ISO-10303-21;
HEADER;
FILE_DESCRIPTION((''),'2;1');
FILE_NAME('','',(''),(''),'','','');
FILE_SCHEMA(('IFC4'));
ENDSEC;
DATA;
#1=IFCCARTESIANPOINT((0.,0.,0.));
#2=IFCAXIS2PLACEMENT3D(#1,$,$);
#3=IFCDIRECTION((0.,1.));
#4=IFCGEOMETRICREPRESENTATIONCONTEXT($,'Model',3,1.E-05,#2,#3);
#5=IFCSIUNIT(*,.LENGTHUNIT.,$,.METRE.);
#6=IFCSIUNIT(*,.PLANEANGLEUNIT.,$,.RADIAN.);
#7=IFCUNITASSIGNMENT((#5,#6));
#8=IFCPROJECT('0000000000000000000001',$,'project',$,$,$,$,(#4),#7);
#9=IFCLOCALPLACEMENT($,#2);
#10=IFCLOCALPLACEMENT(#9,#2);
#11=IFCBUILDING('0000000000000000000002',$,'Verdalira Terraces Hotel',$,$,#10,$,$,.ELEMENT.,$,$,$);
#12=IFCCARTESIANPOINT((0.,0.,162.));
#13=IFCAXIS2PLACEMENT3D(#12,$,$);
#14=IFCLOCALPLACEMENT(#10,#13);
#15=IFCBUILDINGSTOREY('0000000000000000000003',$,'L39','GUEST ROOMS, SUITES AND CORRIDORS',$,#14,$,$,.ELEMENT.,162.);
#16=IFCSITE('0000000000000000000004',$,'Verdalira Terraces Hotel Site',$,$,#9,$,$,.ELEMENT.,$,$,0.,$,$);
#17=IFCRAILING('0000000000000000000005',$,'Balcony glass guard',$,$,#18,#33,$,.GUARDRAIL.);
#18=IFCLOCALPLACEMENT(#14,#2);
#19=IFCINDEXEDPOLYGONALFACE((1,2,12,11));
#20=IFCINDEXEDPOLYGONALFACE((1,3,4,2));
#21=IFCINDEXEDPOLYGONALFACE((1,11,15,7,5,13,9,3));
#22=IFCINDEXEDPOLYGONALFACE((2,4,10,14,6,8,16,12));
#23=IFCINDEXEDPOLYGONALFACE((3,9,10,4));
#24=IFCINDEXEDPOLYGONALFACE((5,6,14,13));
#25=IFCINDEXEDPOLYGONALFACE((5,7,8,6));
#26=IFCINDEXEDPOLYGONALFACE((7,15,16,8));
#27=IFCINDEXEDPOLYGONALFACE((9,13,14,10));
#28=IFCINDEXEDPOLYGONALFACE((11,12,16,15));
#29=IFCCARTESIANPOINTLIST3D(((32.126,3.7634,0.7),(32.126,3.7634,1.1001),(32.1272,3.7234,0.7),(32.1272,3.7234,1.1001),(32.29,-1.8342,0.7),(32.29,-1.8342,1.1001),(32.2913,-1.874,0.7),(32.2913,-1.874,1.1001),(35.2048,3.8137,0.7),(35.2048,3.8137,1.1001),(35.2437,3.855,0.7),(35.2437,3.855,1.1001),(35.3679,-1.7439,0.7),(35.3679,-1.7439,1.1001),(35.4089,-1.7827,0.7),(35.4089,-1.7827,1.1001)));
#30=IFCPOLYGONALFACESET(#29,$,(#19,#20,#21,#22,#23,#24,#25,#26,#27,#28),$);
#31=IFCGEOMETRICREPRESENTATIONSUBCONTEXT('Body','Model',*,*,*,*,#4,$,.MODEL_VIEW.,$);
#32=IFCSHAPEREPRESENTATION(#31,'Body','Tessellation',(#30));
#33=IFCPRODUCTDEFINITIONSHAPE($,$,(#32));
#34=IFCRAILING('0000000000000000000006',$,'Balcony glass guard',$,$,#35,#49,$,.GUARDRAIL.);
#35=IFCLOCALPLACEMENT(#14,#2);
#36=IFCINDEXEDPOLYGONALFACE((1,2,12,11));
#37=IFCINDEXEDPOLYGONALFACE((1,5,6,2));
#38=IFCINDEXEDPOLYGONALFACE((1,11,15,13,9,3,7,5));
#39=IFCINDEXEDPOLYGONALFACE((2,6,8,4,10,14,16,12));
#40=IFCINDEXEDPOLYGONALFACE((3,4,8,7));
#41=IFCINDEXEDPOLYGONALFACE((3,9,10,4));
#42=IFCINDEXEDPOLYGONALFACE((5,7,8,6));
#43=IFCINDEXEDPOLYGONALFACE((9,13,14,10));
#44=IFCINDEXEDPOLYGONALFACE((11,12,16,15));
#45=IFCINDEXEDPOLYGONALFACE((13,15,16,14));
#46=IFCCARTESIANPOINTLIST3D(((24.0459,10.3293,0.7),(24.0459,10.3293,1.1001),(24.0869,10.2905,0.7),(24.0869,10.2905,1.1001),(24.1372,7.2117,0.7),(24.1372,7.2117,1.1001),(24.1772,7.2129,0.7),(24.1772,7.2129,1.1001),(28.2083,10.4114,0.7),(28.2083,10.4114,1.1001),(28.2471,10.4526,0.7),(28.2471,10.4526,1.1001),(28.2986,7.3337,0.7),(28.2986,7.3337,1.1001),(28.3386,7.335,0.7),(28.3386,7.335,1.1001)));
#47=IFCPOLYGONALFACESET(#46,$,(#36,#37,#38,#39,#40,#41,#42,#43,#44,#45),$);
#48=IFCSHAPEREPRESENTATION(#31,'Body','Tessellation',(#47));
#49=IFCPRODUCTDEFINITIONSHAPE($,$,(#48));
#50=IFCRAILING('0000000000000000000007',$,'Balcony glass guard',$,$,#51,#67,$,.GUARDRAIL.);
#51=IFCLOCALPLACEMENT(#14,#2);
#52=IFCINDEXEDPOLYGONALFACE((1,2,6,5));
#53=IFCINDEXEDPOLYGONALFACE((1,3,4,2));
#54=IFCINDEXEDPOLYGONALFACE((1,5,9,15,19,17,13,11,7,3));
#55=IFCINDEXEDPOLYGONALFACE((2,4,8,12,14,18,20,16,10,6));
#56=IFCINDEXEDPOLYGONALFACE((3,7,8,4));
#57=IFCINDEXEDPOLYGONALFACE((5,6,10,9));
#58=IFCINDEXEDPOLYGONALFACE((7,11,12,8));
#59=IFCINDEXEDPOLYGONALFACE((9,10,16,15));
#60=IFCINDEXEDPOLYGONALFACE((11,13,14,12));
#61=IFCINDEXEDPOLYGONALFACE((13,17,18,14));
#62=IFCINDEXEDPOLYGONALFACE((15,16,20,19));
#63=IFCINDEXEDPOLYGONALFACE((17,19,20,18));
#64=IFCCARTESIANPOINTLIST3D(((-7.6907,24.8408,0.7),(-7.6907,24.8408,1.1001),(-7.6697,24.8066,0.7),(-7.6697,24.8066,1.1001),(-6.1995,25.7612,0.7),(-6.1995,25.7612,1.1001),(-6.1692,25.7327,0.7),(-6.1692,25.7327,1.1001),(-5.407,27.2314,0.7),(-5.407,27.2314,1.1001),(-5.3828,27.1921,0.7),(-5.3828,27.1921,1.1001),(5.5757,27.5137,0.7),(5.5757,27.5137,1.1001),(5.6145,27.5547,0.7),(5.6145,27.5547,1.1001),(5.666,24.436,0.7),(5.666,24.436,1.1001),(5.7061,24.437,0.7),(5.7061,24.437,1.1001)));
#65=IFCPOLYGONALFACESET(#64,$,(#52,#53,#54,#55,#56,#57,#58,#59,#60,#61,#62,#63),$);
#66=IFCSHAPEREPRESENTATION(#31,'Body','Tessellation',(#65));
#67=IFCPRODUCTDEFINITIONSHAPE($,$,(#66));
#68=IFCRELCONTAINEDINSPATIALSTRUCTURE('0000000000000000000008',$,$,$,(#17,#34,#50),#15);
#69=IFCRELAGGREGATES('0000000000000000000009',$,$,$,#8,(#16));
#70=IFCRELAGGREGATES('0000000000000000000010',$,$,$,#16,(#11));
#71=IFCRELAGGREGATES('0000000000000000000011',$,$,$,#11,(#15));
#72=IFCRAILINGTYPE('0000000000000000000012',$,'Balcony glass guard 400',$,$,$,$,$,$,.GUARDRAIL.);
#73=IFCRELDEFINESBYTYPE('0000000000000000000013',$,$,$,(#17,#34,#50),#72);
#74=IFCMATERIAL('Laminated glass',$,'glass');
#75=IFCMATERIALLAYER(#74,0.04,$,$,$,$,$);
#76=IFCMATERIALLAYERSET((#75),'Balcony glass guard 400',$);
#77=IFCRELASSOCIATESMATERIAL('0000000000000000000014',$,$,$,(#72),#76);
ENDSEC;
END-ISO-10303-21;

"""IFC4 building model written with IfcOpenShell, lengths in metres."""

from ifc_helpers import new_model, si_unit, direction, frame, origin, place, context, subcontext, project, spatial, polyline, outline, extrude, material, layer, layer_set, type_object, element, save


model = new_model("IFC4")

# Units and contexts
model_context = context("Model", 3, precision=1e-05, world=origin(), true_north=direction((0.0, 1.0)))
body_context = subcontext(model_context, "Body", "Model", "MODEL_VIEW")
ifc_project = project(units=[si_unit("LENGTHUNIT", "METRE"), si_unit("PLANEANGLEUNIT", "RADIAN")], contexts=[model_context])

# Site, building, storey
site_placement = place(None, origin())
site = spatial("IfcSite", under=ifc_project, at=site_placement, Name="Verdalira Terraces Hotel Site", CompositionType="ELEMENT", RefElevation=0.0)
building_placement = place(site_placement, origin())
building = spatial("IfcBuilding", under=site, at=building_placement, Name="Verdalira Terraces Hotel", CompositionType="ELEMENT")
storey_placement = place(building_placement, frame((0.0, 0.0, 162.0)))
storey = spatial("IfcBuildingStorey", under=building, at=storey_placement, Name="L39", Description="GUEST ROOMS, SUITES AND CORRIDORS", CompositionType="ELEMENT", Elevation=162.0)

# Railings
ifc_material_1 = material(Name="Laminated glass", Category="glass")
ifc_layer_1 = layer(ifc_material_1, 0.04)
ifc_layer_set_1 = layer_set([ifc_layer_1], Name="Balcony glass guard 400")
railing_type = type_object("IfcRailingType", Name="Balcony glass guard 400", PredefinedType="GUARDRAIL", material=ifc_layer_set_1)
railing_1_placement = place(storey_placement, frame((0.0, 0.0, 0.7)))
element("IfcRailing", 1, at=railing_1_placement, inside=storey, type_object=railing_type, Name="Balcony glass guard", PredefinedType="GUARDRAIL", context=body_context, shape_type="SweptSolid", body=[
    extrude(outline(polyline([(35.3679, -1.7439), (35.2048, 3.8137), (32.1272, 3.7234), (32.126, 3.7634), (35.2437, 3.855), (35.4089, -1.7827), (32.2913, -1.874), (32.29, -1.8342), (35.3679, -1.7439)])), origin(), (0.0, 0.0, 1.0), 0.4001),
])
railing_2_placement = place(storey_placement, frame((0.0, 0.0, 0.7)))
element("IfcRailing", 2, at=railing_2_placement, inside=storey, type_object=railing_type, Name="Balcony glass guard", PredefinedType="GUARDRAIL", context=body_context, shape_type="SweptSolid", body=[
    extrude(outline(polyline([(28.2083, 10.4114), (24.0869, 10.2905), (24.1772, 7.2129), (24.1372, 7.2117), (24.0459, 10.3293), (28.2471, 10.4526), (28.3386, 7.335), (28.2986, 7.3337), (28.2083, 10.4114)])), origin(), (0.0, 0.0, 1.0), 0.4001),
])
railing_3_placement = place(storey_placement, frame((0.0, 0.0, 0.7)))
element("IfcRailing", 3, at=railing_3_placement, inside=storey, type_object=railing_type, Name="Balcony glass guard", PredefinedType="GUARDRAIL", context=body_context, shape_type="SweptSolid", body=[
    extrude(outline(polyline([(5.5757, 27.5137), (-5.3828, 27.1921), (-6.1692, 25.7327), (-7.6697, 24.8066), (-7.6907, 24.8408), (-6.1995, 25.7612), (-5.407, 27.2314), (5.6145, 27.5547), (5.7061, 24.437), (5.666, 24.436), (5.5757, 27.5137)])), origin(), (0.0, 0.0, 1.0), 0.4001),
])

save(model, "model.ifc")
